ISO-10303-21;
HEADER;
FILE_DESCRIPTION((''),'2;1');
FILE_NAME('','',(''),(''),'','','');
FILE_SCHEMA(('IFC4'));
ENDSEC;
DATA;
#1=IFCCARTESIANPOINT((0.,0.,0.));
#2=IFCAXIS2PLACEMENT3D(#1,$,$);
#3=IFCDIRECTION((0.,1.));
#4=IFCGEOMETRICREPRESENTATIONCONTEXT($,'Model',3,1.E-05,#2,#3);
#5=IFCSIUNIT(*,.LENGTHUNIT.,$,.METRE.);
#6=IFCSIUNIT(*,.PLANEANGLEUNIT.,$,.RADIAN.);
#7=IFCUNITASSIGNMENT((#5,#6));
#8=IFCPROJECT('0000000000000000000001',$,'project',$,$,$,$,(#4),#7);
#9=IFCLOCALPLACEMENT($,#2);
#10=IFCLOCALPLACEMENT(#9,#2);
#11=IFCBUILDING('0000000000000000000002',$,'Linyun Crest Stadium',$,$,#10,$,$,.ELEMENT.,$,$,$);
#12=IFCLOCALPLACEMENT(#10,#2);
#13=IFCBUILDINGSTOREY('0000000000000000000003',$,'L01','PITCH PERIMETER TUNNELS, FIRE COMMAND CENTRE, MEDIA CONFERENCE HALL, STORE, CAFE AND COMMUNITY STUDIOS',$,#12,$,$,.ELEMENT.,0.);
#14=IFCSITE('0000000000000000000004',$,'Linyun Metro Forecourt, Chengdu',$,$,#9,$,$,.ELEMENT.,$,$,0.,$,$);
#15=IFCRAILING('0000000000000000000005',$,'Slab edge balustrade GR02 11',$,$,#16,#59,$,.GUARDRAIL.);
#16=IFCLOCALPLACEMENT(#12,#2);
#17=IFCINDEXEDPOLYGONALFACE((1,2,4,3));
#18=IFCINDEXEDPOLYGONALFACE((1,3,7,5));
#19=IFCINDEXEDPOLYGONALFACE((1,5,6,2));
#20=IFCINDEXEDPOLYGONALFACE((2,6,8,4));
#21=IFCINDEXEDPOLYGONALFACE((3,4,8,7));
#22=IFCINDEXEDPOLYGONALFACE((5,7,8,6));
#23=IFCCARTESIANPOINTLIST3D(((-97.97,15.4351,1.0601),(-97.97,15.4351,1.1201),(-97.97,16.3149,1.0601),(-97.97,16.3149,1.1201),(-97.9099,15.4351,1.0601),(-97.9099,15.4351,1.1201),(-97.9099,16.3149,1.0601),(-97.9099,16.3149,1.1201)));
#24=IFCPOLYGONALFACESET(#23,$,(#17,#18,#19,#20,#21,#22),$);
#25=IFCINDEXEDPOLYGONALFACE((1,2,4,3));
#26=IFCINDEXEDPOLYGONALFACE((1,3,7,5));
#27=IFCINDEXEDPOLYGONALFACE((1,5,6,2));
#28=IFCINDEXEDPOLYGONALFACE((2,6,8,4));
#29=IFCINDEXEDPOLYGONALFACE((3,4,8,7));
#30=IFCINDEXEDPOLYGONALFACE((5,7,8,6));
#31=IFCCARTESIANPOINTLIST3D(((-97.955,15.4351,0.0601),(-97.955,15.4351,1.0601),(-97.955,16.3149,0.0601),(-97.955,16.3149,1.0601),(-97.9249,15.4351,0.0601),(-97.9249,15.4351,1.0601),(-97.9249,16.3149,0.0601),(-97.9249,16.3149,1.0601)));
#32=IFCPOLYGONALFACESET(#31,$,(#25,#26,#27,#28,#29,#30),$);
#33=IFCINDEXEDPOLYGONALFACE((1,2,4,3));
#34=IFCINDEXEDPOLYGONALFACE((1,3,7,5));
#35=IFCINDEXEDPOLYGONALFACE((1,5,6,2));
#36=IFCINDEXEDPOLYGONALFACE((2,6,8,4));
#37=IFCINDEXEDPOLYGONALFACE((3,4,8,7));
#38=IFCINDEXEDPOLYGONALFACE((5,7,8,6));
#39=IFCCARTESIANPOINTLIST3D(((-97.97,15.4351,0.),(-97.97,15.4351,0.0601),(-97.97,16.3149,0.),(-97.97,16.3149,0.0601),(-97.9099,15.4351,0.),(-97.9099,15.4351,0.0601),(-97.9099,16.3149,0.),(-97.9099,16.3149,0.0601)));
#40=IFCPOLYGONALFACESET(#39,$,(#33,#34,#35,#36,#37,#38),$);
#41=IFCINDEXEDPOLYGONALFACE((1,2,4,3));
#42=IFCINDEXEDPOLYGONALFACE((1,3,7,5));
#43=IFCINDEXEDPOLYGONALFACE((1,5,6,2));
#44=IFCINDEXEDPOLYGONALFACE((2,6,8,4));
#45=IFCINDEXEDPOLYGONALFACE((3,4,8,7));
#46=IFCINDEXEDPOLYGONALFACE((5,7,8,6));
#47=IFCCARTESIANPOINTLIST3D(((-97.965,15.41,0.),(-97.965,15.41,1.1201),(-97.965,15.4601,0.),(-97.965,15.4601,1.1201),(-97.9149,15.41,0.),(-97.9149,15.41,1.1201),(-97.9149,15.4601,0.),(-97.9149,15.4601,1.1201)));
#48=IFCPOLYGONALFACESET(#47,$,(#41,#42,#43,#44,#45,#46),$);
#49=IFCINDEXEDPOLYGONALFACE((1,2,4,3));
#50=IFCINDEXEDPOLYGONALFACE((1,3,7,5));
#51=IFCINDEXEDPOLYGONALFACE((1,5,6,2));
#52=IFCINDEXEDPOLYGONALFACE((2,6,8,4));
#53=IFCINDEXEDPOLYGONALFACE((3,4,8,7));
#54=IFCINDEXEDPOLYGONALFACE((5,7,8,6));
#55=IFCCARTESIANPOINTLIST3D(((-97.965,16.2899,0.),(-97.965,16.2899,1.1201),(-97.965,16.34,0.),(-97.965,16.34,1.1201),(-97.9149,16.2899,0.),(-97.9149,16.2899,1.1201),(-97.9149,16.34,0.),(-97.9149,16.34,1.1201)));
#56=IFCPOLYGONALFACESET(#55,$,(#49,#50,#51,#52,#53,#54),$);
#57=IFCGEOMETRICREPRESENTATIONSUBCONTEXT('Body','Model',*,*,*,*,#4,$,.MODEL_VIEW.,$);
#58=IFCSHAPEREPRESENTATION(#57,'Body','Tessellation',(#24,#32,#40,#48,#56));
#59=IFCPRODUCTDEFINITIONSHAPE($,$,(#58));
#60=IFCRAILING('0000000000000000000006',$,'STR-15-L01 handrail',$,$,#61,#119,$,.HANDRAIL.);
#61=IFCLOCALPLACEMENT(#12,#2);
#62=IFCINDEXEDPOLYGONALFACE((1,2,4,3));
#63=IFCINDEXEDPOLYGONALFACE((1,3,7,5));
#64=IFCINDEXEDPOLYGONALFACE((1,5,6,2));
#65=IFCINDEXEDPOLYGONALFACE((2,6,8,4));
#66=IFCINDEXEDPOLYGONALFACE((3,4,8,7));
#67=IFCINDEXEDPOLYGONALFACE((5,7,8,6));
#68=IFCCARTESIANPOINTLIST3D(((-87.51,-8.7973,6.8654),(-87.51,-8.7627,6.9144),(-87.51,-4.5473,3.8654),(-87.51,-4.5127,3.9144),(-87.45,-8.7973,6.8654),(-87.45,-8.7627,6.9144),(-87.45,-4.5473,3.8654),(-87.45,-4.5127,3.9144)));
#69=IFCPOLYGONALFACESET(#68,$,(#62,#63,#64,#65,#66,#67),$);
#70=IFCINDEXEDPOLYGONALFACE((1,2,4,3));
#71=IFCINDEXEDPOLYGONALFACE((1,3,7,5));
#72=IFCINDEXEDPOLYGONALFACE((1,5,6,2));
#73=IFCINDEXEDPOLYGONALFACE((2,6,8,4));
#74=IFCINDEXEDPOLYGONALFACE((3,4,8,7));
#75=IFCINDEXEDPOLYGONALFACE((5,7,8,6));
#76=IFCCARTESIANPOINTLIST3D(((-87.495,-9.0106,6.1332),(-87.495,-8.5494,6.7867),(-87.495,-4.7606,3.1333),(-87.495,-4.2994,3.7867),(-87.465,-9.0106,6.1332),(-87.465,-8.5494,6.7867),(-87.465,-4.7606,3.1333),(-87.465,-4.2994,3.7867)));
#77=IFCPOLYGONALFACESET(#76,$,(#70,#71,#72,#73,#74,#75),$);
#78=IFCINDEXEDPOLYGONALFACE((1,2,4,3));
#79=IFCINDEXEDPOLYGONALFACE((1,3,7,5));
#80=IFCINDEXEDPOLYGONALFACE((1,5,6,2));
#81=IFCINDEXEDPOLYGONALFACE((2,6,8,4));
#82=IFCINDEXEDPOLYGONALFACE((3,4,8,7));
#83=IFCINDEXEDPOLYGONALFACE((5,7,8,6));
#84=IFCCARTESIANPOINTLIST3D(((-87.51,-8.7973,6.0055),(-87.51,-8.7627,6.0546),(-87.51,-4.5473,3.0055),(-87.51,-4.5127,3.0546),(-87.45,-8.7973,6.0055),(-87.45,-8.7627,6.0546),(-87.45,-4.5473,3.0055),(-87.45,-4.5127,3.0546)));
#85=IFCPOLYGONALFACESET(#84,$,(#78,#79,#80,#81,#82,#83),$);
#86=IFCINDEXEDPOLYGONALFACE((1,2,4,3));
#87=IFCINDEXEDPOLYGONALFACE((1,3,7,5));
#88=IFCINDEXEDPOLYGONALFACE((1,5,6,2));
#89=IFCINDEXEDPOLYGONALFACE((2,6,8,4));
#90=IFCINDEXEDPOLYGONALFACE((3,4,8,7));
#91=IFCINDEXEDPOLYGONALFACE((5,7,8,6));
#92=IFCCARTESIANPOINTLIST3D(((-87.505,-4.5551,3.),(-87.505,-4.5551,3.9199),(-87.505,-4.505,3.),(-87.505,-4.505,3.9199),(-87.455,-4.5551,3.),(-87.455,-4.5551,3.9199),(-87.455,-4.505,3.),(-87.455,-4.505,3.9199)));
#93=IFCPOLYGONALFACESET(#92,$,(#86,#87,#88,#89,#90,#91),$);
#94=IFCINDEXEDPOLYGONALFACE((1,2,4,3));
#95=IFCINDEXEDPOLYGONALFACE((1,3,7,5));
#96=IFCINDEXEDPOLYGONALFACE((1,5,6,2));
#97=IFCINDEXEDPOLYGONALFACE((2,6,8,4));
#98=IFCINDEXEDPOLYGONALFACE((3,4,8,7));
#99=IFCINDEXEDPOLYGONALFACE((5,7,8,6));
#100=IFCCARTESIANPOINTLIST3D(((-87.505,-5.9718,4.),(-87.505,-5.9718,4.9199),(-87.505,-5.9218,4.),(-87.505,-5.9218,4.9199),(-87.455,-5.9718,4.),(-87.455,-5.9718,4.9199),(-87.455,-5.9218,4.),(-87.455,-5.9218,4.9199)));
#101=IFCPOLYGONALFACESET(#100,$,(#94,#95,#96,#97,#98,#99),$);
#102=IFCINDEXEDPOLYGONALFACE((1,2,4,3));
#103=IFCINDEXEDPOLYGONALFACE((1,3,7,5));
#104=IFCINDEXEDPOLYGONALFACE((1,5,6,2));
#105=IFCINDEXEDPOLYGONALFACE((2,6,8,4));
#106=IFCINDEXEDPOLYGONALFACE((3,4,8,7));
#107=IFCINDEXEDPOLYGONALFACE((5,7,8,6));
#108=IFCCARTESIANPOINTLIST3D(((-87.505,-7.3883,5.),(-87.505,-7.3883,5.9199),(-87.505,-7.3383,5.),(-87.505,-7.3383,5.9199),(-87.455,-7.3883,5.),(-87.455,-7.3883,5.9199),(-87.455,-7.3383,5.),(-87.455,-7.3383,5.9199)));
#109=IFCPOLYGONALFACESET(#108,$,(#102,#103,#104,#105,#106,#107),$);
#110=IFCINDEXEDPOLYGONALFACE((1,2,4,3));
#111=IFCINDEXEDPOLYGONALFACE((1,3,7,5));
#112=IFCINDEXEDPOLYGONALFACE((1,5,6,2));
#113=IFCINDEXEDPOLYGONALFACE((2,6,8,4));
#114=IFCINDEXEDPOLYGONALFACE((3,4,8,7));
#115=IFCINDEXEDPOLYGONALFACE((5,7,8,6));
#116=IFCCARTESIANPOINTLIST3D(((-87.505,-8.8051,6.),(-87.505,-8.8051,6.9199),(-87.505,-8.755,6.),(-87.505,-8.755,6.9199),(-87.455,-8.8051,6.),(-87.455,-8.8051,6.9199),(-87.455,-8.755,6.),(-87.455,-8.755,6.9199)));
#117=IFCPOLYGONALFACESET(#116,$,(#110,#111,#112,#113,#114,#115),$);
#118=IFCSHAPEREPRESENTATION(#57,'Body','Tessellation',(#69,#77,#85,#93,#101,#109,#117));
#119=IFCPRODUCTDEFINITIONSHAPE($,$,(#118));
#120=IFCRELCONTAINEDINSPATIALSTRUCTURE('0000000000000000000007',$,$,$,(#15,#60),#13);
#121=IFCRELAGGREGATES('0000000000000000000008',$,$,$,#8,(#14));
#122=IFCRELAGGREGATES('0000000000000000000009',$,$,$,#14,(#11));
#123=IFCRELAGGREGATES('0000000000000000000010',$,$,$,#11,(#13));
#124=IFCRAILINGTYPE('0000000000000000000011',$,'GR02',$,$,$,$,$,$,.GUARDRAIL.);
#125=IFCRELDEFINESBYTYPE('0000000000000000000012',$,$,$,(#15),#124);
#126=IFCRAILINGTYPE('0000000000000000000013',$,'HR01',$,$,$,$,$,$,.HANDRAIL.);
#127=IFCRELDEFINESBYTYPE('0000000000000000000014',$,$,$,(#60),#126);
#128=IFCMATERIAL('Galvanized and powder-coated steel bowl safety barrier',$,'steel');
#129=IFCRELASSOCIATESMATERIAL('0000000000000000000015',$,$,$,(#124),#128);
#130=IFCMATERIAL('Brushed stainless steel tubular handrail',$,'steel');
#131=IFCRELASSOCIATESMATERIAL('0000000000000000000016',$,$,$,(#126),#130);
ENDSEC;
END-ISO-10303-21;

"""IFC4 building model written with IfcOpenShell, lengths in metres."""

from ifc_helpers import new_model, si_unit, direction, frame, origin, origin_2d, place, context, subcontext, project, spatial, rectangle, extrude, material, type_object, element, save


model = new_model("IFC4")

# Units and contexts
model_context = context("Model", 3, precision=1e-05, world=origin(), true_north=direction((0.0, 1.0)))
body_context = subcontext(model_context, "Body", "Model", "MODEL_VIEW")
ifc_project = project(units=[si_unit("LENGTHUNIT", "METRE"), si_unit("PLANEANGLEUNIT", "RADIAN")], contexts=[model_context])

# Site, building, storey
site_placement = place(None, origin())
site = spatial("IfcSite", under=ifc_project, at=site_placement, Name="Linyun Metro Forecourt, Chengdu", CompositionType="ELEMENT", RefElevation=0.0)
building_placement = place(site_placement, origin())
building = spatial("IfcBuilding", under=site, at=building_placement, Name="Linyun Crest Stadium", CompositionType="ELEMENT")
storey_placement = place(building_placement, origin())
storey = spatial("IfcBuildingStorey", under=building, at=storey_placement, Name="L01", Description="PITCH PERIMETER TUNNELS, FIRE COMMAND CENTRE, MEDIA CONFERENCE HALL, STORE, CAFE AND COMMUNITY STUDIOS", CompositionType="ELEMENT", Elevation=0.0)

# Railings
ifc_material_1 = material(Name="Galvanized and powder-coated steel bowl safety barrier", Category="steel")
railing_type_1 = type_object("IfcRailingType", Name="GR02", PredefinedType="GUARDRAIL", material=ifc_material_1)
for number, where, name in (
    (1, (-97.9399, 15.4351, 0.0), "Slab edge balustrade GR02 11"),
):
    element("IfcRailing", number, at=place(storey_placement, frame(where)), inside=storey, type_object=railing_type_1, Name=name, PredefinedType="GUARDRAIL", context=body_context, shape_type="SweptSolid", body=[
        extrude(rectangle(XDim=0.0601, YDim=0.0601, at=origin_2d()), frame((0.0, 0.0, 1.0901), z_axis=(0.0, 1.0, 0.0), x_axis=(-1.0, 0.0, 0.0)), (0.0, 0.0, 1.0), 0.8799),
        extrude(rectangle(XDim=0.03, YDim=1.0, at=origin_2d()), frame((0.0, 0.0, 0.5601), z_axis=(0.0, 1.0, 0.0), x_axis=(-1.0, 0.0, 0.0)), (0.0, 0.0, 1.0), 0.8799),
        extrude(rectangle(XDim=0.0601, YDim=0.0601, at=origin_2d()), frame((0.0, 0.0, 0.03), z_axis=(0.0, 1.0, 0.0), x_axis=(-1.0, 0.0, 0.0)), (0.0, 0.0, 1.0), 0.8799),
        extrude(rectangle(XDim=0.05, YDim=0.05, at=origin_2d()), origin(), (0.0, 0.0, 1.0), 1.1201),
        extrude(rectangle(XDim=0.05, YDim=0.05, at=origin_2d()), frame((0.0, 0.8799, 0.0)), (0.0, 0.0, 1.0), 1.1201),
    ])
ifc_material_2 = material(Name="Brushed stainless steel tubular handrail", Category="steel")
railing_type_2 = type_object("IfcRailingType", Name="HR01", PredefinedType="HANDRAIL", material=ifc_material_2)
railing_placement = place(storey_placement, frame((-87.48, -4.53, 3.0)))
element("IfcRailing", 2, at=railing_placement, inside=storey, type_object=railing_type_2, Name="STR-15-L01 handrail", PredefinedType="HANDRAIL", context=body_context, shape_type="SweptSolid", body=[
    extrude(rectangle(XDim=0.0601, YDim=0.0601, at=origin_2d()), frame((0.0, 0.0, 0.8899), z_axis=(0.0, -0.816968, 0.576683), x_axis=(1.0, 0.0, 0.0)), (0.0, 0.0, 1.0), 5.2021),
    extrude(rectangle(XDim=0.03, YDim=0.7998, at=origin_2d()), frame((0.0, 0.0, 0.46), z_axis=(0.0, -0.816968, 0.576683), x_axis=(1.0, 0.0, 0.0)), (0.0, 0.0, 1.0), 5.2021),
    extrude(rectangle(XDim=0.0601, YDim=0.0601, at=origin_2d()), frame((0.0, 0.0, 0.03), z_axis=(0.0, -0.816968, 0.576683), x_axis=(1.0, 0.0, 0.0)), (0.0, 0.0, 1.0), 5.2021),
    extrude(rectangle(XDim=0.05, YDim=0.05, at=origin_2d()), origin(), (0.0, 0.0, 1.0), 0.9199),
    extrude(rectangle(XDim=0.05, YDim=0.05, at=origin_2d()), frame((0.0, -1.4167, 1.0)), (0.0, 0.0, 1.0), 0.9199),
    extrude(rectangle(XDim=0.05, YDim=0.05, at=origin_2d()), frame((0.0, -2.8333, 2.0)), (0.0, 0.0, 1.0), 0.9199),
    extrude(rectangle(XDim=0.05, YDim=0.05, at=origin_2d()), frame((0.0, -4.25, 3.0)), (0.0, 0.0, 1.0), 0.9199),
])

save(model, "model.ifc")
